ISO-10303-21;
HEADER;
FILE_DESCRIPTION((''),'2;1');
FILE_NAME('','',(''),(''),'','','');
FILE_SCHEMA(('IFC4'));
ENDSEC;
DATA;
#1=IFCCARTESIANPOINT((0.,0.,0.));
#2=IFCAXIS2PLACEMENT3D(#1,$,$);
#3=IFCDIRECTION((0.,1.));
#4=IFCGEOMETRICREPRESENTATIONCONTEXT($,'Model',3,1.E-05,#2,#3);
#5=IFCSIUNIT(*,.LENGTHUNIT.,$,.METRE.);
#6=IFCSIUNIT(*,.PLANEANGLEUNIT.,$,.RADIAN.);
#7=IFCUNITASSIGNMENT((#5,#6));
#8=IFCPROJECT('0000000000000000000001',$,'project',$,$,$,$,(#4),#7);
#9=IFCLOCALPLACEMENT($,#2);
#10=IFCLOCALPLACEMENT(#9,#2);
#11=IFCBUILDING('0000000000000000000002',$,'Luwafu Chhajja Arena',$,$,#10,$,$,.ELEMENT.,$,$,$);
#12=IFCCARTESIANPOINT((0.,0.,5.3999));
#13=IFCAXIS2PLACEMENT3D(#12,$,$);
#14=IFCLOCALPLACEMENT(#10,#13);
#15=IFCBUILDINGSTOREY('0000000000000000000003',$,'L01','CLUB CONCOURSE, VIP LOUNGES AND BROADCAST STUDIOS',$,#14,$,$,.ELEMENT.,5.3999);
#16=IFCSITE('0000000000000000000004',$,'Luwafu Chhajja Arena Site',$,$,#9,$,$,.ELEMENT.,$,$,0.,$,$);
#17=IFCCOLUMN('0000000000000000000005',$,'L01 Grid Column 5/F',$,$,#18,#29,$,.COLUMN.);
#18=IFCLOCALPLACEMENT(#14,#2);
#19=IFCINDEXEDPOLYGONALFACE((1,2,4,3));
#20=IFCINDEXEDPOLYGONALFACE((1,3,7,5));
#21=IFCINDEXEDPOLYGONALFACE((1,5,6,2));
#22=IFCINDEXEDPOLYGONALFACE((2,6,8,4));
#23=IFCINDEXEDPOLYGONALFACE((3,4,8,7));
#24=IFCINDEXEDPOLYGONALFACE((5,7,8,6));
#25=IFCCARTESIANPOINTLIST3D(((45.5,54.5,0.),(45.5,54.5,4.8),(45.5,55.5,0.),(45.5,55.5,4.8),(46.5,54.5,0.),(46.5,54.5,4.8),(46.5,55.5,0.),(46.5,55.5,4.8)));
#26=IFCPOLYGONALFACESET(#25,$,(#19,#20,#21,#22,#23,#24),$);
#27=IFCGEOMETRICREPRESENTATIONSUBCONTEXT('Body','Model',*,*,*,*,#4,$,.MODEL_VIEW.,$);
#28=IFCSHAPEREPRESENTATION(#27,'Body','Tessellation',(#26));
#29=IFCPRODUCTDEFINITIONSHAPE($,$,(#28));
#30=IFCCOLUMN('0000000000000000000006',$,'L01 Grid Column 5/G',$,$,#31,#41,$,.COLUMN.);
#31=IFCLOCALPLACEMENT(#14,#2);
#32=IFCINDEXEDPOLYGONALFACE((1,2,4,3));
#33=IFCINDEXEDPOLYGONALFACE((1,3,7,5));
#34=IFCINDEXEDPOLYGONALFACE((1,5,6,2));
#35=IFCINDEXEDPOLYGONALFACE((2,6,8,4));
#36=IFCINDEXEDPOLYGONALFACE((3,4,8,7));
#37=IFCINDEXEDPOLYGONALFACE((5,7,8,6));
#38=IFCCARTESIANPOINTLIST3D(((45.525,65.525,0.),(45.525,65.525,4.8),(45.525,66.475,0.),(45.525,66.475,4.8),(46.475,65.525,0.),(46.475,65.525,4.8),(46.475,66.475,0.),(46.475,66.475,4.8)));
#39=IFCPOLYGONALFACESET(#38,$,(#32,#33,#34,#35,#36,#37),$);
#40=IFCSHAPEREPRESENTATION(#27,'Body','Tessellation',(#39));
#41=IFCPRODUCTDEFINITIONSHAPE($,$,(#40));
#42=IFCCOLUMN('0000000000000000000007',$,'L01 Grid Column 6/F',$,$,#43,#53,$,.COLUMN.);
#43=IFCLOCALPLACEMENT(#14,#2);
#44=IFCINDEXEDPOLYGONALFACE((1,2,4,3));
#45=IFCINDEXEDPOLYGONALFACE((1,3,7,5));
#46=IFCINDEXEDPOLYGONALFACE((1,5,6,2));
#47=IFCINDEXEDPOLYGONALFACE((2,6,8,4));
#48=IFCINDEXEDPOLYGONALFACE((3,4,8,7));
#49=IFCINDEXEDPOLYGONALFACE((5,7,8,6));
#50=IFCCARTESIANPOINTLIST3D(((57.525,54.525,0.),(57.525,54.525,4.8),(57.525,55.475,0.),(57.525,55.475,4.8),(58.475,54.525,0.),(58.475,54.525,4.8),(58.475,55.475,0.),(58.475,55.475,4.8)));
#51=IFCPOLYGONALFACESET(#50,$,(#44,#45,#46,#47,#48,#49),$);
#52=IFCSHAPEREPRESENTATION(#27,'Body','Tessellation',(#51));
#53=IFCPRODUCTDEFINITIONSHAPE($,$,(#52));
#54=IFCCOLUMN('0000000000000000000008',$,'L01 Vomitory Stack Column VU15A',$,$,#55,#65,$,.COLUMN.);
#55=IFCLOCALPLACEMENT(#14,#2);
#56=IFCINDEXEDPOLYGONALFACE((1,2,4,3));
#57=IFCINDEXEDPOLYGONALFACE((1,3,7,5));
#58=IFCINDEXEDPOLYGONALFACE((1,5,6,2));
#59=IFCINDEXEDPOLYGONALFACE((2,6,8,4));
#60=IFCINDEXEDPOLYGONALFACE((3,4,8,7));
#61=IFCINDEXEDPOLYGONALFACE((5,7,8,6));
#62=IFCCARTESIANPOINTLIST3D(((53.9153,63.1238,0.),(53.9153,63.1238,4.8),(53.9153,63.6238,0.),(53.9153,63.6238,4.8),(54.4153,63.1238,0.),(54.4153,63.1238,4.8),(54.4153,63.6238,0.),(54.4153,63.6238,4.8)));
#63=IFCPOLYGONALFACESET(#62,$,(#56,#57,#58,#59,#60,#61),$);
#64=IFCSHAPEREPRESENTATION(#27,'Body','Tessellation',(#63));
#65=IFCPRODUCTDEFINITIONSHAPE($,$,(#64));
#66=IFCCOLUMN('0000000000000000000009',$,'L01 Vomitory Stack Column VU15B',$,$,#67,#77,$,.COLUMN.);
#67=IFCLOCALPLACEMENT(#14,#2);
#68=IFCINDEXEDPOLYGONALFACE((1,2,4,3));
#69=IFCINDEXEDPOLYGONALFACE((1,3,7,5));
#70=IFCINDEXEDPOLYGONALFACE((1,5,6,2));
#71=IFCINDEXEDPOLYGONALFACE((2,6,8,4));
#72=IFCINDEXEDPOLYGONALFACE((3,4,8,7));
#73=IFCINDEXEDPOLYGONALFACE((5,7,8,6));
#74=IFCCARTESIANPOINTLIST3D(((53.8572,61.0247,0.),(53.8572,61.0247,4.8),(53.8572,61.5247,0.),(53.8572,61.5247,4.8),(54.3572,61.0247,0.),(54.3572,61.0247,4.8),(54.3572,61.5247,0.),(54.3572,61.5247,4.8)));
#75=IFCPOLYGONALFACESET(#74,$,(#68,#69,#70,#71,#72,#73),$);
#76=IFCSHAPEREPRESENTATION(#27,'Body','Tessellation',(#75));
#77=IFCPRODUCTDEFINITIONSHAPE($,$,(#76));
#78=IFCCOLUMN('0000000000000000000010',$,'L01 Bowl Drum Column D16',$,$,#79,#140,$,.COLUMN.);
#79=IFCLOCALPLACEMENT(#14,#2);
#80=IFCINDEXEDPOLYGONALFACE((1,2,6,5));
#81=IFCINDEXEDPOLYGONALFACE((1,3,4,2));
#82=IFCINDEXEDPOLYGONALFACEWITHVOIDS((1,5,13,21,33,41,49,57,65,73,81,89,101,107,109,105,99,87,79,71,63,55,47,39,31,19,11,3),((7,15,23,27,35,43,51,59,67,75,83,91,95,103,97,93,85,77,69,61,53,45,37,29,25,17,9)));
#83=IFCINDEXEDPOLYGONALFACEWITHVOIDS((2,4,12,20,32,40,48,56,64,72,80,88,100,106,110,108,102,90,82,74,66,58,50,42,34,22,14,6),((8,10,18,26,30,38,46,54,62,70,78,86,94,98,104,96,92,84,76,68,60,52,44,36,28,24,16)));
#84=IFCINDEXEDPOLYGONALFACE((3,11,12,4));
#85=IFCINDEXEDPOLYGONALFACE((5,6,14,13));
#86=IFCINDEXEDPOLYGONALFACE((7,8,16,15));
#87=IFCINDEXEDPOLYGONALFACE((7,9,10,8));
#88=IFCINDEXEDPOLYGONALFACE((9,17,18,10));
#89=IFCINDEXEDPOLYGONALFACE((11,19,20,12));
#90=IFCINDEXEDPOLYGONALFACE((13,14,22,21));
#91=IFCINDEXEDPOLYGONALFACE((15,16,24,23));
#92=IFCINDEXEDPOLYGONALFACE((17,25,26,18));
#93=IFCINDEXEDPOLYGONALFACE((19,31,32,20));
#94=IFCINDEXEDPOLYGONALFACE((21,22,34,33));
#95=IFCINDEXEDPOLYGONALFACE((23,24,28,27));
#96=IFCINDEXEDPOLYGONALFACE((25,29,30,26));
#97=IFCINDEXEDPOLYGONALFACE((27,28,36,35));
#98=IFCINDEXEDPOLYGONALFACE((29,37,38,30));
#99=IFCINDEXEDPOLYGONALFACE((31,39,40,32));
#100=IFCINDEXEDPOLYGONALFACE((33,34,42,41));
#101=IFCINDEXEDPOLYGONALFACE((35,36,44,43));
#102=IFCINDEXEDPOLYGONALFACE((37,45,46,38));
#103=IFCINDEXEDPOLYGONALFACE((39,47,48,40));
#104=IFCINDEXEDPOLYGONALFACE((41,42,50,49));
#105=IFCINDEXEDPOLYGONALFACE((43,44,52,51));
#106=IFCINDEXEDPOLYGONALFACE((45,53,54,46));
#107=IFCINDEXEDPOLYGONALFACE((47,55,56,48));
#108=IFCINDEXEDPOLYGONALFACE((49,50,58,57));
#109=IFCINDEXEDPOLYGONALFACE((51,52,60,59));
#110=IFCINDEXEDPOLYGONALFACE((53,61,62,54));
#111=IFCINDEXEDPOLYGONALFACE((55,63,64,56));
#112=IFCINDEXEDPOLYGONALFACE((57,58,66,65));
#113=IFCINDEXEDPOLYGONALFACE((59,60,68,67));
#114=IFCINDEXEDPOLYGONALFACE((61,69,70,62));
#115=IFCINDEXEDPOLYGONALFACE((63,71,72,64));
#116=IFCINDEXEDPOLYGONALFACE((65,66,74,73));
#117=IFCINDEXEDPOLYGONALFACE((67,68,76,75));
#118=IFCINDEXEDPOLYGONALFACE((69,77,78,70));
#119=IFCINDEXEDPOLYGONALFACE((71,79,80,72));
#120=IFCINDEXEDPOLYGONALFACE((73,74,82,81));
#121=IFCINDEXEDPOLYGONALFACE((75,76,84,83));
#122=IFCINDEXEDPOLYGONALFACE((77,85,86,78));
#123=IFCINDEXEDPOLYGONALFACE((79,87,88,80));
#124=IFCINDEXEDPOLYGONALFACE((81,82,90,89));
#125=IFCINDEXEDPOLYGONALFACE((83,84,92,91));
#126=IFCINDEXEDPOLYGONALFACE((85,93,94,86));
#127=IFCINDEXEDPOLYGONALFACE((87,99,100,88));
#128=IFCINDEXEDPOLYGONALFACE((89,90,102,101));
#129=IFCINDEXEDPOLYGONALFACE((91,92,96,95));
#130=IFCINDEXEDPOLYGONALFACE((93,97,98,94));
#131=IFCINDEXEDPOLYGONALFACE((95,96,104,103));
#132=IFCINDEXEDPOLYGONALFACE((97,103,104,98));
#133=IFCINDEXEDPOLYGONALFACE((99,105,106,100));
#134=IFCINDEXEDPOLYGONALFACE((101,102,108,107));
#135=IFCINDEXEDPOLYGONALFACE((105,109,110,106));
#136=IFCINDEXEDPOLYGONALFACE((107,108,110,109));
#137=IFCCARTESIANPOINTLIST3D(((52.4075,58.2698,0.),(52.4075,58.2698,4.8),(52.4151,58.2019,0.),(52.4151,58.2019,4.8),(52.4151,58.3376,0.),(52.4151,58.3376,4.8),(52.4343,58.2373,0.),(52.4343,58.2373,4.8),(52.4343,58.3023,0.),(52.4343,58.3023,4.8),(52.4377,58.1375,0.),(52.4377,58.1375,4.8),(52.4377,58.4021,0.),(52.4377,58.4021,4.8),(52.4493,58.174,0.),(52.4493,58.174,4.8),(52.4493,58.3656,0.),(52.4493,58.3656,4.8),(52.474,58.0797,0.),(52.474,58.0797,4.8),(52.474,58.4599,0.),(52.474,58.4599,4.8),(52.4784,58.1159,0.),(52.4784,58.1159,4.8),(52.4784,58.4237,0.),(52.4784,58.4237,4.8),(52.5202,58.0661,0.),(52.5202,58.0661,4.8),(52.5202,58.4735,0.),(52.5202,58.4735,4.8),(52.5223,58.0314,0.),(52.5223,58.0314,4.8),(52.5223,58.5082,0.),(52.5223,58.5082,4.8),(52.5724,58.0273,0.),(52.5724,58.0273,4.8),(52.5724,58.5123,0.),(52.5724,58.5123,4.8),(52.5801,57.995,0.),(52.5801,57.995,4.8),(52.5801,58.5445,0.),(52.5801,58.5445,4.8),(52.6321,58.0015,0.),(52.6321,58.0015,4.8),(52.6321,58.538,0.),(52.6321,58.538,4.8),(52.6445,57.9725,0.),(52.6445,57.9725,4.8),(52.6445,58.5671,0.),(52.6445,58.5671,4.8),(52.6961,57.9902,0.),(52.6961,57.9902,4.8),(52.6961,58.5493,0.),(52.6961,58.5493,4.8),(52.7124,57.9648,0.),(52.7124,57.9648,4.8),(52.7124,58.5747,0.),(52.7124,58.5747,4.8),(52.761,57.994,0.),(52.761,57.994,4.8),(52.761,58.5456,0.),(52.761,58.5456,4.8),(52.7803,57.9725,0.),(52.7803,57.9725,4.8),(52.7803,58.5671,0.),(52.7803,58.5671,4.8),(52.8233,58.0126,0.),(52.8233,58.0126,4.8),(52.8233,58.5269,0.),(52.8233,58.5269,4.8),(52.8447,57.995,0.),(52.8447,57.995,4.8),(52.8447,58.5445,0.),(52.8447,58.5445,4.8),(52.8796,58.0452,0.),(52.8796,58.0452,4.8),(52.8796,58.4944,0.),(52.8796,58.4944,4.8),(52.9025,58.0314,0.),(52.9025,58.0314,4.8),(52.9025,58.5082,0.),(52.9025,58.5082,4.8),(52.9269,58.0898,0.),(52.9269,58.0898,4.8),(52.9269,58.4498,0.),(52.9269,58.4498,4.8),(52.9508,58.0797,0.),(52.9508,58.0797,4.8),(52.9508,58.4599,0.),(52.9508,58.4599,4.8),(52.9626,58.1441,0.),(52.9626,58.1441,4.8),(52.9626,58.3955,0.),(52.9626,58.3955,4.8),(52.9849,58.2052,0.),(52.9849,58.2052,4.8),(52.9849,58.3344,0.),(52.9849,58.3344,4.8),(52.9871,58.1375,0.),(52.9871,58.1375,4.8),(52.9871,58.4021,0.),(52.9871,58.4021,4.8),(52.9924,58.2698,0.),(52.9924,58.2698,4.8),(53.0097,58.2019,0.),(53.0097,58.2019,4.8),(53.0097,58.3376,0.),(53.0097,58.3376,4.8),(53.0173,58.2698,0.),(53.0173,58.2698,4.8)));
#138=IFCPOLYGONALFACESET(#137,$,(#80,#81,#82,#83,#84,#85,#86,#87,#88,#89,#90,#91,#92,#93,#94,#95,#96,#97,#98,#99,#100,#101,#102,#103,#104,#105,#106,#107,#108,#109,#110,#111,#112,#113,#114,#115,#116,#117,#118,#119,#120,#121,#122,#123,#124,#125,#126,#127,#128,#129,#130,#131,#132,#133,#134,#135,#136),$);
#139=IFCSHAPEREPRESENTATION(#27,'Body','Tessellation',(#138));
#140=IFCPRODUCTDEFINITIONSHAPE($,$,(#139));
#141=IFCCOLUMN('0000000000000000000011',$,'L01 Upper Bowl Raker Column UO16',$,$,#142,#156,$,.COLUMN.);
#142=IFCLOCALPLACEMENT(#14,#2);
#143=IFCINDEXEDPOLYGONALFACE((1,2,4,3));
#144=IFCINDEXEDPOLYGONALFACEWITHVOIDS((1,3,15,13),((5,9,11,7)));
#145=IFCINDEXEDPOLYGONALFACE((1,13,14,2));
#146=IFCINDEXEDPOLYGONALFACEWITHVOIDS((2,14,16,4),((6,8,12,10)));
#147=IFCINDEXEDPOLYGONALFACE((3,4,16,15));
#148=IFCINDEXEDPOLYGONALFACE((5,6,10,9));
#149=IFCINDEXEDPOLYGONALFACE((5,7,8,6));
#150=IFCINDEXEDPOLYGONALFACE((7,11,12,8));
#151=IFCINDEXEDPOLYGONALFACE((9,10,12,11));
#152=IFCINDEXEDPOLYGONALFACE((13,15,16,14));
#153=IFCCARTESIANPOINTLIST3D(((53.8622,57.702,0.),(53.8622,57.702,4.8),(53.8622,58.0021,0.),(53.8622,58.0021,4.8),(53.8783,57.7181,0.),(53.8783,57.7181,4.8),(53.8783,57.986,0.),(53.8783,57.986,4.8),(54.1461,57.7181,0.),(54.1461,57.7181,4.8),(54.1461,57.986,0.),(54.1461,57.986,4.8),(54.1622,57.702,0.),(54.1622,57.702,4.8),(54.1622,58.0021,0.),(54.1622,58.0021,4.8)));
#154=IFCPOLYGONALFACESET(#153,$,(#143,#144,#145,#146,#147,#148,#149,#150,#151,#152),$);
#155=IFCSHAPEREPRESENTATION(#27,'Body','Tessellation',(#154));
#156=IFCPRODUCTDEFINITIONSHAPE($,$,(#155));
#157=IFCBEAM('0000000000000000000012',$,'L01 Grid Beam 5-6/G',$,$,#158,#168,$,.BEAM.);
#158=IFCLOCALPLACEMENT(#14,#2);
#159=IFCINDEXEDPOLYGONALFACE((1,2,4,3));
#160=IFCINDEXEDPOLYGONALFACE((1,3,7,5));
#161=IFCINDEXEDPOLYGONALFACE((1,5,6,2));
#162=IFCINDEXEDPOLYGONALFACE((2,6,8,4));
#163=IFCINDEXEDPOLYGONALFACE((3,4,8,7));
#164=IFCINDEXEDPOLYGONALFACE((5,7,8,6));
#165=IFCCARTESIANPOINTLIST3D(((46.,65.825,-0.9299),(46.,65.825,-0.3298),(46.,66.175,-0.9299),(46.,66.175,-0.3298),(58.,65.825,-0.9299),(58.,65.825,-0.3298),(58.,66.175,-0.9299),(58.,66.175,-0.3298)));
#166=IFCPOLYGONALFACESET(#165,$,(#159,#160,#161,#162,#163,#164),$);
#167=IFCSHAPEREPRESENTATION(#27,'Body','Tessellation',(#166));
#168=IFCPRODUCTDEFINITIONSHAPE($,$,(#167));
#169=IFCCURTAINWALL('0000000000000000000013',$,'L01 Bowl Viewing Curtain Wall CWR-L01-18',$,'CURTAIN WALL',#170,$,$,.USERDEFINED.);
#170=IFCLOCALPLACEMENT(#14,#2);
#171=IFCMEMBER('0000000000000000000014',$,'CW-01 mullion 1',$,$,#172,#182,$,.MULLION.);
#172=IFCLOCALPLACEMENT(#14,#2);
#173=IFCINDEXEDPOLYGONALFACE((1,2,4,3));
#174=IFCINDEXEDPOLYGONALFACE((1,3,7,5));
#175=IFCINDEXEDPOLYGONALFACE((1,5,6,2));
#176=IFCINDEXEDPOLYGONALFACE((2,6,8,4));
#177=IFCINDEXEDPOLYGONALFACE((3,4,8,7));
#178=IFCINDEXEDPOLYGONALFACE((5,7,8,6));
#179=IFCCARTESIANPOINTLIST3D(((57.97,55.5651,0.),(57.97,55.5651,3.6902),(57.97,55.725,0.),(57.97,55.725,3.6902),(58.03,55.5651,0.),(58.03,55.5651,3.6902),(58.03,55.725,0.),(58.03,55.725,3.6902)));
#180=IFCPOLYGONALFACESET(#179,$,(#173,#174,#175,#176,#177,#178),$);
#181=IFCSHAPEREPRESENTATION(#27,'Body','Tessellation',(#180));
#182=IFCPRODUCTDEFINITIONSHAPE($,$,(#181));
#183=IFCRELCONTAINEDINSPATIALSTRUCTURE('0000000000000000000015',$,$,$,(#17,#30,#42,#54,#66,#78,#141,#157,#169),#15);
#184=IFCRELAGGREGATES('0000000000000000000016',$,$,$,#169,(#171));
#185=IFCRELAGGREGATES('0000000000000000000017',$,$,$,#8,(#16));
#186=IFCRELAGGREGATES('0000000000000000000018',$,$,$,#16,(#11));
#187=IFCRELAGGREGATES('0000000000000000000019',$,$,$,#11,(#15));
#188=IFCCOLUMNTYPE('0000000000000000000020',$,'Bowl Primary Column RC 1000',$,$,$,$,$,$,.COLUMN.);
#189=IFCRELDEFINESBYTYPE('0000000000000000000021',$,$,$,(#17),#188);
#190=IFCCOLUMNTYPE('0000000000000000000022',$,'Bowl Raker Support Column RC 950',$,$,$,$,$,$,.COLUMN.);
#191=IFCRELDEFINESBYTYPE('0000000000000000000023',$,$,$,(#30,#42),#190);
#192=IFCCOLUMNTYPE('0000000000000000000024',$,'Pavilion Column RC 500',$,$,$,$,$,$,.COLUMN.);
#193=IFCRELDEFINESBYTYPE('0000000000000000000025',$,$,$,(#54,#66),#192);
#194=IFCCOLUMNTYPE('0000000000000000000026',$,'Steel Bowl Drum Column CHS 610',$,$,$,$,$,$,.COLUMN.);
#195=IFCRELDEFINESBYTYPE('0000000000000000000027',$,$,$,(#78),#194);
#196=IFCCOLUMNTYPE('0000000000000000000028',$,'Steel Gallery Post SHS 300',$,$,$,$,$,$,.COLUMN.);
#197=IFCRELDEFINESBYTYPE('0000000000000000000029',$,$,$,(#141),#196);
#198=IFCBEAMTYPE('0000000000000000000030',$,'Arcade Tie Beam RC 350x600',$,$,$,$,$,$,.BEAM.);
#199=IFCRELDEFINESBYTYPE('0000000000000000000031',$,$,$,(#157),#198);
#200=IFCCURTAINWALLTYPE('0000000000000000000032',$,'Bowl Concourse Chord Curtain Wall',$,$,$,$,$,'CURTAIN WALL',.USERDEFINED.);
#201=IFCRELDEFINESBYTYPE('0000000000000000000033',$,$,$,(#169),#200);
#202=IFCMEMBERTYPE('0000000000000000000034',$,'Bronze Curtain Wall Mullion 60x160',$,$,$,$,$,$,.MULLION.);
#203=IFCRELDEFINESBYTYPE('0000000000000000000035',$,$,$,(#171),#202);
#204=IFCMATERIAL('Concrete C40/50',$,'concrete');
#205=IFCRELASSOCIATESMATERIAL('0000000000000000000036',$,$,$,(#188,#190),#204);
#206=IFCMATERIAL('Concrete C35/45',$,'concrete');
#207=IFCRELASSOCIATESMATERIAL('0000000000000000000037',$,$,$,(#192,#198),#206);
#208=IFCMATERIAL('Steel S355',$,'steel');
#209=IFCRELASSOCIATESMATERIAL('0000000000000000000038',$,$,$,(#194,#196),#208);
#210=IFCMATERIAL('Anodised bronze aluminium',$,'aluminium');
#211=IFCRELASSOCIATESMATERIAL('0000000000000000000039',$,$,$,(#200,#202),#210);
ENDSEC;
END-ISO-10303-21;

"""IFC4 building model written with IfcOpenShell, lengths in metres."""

from ifc_helpers import new_model, si_unit, direction, frame, origin, origin_2d, place, context, subcontext, project, spatial, rectangle, hollow_rectangle, hollow_circle, extrude, material, material_profile, profile_set, type_object, element, aggregate, save


model = new_model("IFC4")

# Units and contexts
model_context = context("Model", 3, precision=1e-05, world=origin(), true_north=direction((0.0, 1.0)))
body_context = subcontext(model_context, "Body", "Model", "MODEL_VIEW")
ifc_project = project(units=[si_unit("LENGTHUNIT", "METRE"), si_unit("PLANEANGLEUNIT", "RADIAN")], contexts=[model_context])

# Site, building, storey
site_placement = place(None, origin())
site = spatial("IfcSite", under=ifc_project, at=site_placement, Name="Luwafu Chhajja Arena Site", CompositionType="ELEMENT", RefElevation=0.0)
building_placement = place(site_placement, origin())
building = spatial("IfcBuilding", under=site, at=building_placement, Name="Luwafu Chhajja Arena", CompositionType="ELEMENT")
storey_placement = place(building_placement, frame((0.0, 0.0, 5.3999)))
storey = spatial("IfcBuildingStorey", under=building, at=storey_placement, Name="L01", Description="CLUB CONCOURSE, VIP LOUNGES AND BROADCAST STUDIOS", CompositionType="ELEMENT", Elevation=5.3999)

# Columns
ifc_material_1 = material(Name="Concrete C40/50", Category="concrete")
ifc_material_profile_1 = material_profile(ifc_material_1, rectangle(XDim=1.0, YDim=1.0, at=origin_2d()), Name="RC 1000x1000")
ifc_profile_set_1 = profile_set([ifc_material_profile_1], Name="Concrete C40/50")
column_type_1 = type_object("IfcColumnType", Name="Bowl Primary Column RC 1000", PredefinedType="COLUMN", material=ifc_profile_set_1)
column_1_placement = place(storey_placement, frame((46.0, 55.0, 0.0), z_axis=(0.0, 0.0, 1.0), x_axis=(1.0, 0.0, 0.0)))
element("IfcColumn", 1, at=column_1_placement, inside=storey, type_object=column_type_1, Name="L01 Grid Column 5/F", PredefinedType="COLUMN", context=body_context, shape_type="SweptSolid", body=[
    extrude(rectangle(XDim=1.0, YDim=1.0, at=origin_2d()), origin(), (0.0, 0.0, 1.0), 4.8),
])
ifc_material_profile_2 = material_profile(ifc_material_1, rectangle(XDim=0.95, YDim=0.95, at=origin_2d()), Name="RC 950x950")
ifc_profile_set_2 = profile_set([ifc_material_profile_2], Name="Concrete C40/50")
column_type_2 = type_object("IfcColumnType", Name="Bowl Raker Support Column RC 950", PredefinedType="COLUMN", material=ifc_profile_set_2)
for number, where, z_axis, x_axis, name in (
    (2, (46.0, 66.0, 0.0), (0.0, 0.0, 1.0), (1.0, 0.0, 0.0), "L01 Grid Column 5/G"),
    (3, (58.0, 55.0, 0.0), (0.0, 0.0, 1.0), (1.0, 0.0, 0.0), "L01 Grid Column 6/F"),
):
    element("IfcColumn", number, at=place(storey_placement, frame(where, z_axis=z_axis, x_axis=x_axis)), inside=storey, type_object=column_type_2, Name=name, PredefinedType="COLUMN", context=body_context, shape_type="SweptSolid", body=[
        extrude(rectangle(XDim=0.95, YDim=0.95, at=origin_2d()), origin(), (0.0, 0.0, 1.0), 4.8),
    ])
ifc_material_2 = material(Name="Concrete C35/45", Category="concrete")
ifc_material_profile_3 = material_profile(ifc_material_2, rectangle(XDim=0.5, YDim=0.5, at=origin_2d()), Name="RC 500x500")
ifc_profile_set_3 = profile_set([ifc_material_profile_3], Name="Concrete C35/45")
column_type_3 = type_object("IfcColumnType", Name="Pavilion Column RC 500", PredefinedType="COLUMN", material=ifc_profile_set_3)
for number, where, z_axis, x_axis, name in (
    (4, (54.1653, 63.3738, 0.0), (0.0, 0.0, 1.0), (1.0, 0.0, 0.0), "L01 Vomitory Stack Column VU15A"),
    (5, (54.1072, 61.2747, 0.0), (0.0, 0.0, 1.0), (1.0, 0.0, 0.0), "L01 Vomitory Stack Column VU15B"),
):
    element("IfcColumn", number, at=place(storey_placement, frame(where, z_axis=z_axis, x_axis=x_axis)), inside=storey, type_object=column_type_3, Name=name, PredefinedType="COLUMN", context=body_context, shape_type="SweptSolid", body=[
        extrude(rectangle(XDim=0.5, YDim=0.5, at=origin_2d()), origin(), (0.0, 0.0, 1.0), 4.8),
    ])
ifc_material_3 = material(Name="Steel S355", Category="steel")
ifc_material_profile_4 = material_profile(ifc_material_3, hollow_circle(Radius=0.3049, WallThickness=0.0249, at=origin_2d()), Name="CHS 610x25")
ifc_profile_set_4 = profile_set([ifc_material_profile_4], Name="Steel S355")
column_type_4 = type_object("IfcColumnType", Name="Steel Bowl Drum Column CHS 610", PredefinedType="COLUMN", material=ifc_profile_set_4)
column_2_placement = place(storey_placement, frame((52.7124, 58.2698, 0.0), z_axis=(0.0, 0.0, 1.0), x_axis=(1.0, 0.0, 0.0)))
element("IfcColumn", 6, at=column_2_placement, inside=storey, type_object=column_type_4, Name="L01 Bowl Drum Column D16", PredefinedType="COLUMN", context=body_context, shape_type="SweptSolid", body=[
    extrude(hollow_circle(Radius=0.3049, WallThickness=0.0249, at=origin_2d()), origin(), (0.0, 0.0, 1.0), 4.8),
])
ifc_material_profile_5 = material_profile(ifc_material_3, hollow_rectangle(XDim=0.3, YDim=0.3, WallThickness=0.0161, at=origin_2d()), Name="SHS 300x300x16")
ifc_profile_set_5 = profile_set([ifc_material_profile_5], Name="Steel S355")
column_type_5 = type_object("IfcColumnType", Name="Steel Gallery Post SHS 300", PredefinedType="COLUMN", material=ifc_profile_set_5)
column_3_placement = place(storey_placement, frame((54.0122, 57.8521, 0.0), z_axis=(0.0, 0.0, 1.0), x_axis=(1.0, 0.0, 0.0)))
element("IfcColumn", 7, at=column_3_placement, inside=storey, type_object=column_type_5, Name="L01 Upper Bowl Raker Column UO16", PredefinedType="COLUMN", context=body_context, shape_type="SweptSolid", body=[
    extrude(hollow_rectangle(XDim=0.3, YDim=0.3, WallThickness=0.0161, at=origin_2d()), origin(), (0.0, 0.0, 1.0), 4.8),
])

# Beam
ifc_material_profile_6 = material_profile(ifc_material_2, rectangle(XDim=0.3501, YDim=0.6001, at=origin_2d()), Name="RC 350x600")
ifc_profile_set_6 = profile_set([ifc_material_profile_6], Name="Concrete C35/45")
beam_type_1 = type_object("IfcBeamType", Name="Arcade Tie Beam RC 350x600", PredefinedType="BEAM", material=ifc_profile_set_6)
beam_1_placement = place(storey_placement, frame((46.0, 66.0, -0.6299), z_axis=(1.0, 0.0, 0.0), x_axis=(0.0, 1.0, 0.0)))
element("IfcBeam", 8, at=beam_1_placement, inside=storey, type_object=beam_type_1, Name="L01 Grid Beam 5-6/G", PredefinedType="BEAM", context=body_context, shape_type="SweptSolid", body=[
    extrude(rectangle(XDim=0.3501, YDim=0.6001, at=origin_2d()), origin(), (0.0, 0.0, 1.0), 12.0),
])

# Curtain wall, member
ifc_material_4 = material(Name="Anodised bronze aluminium", Category="aluminium")
curtain_wall_type = type_object("IfcCurtainWallType", Name="Bowl Concourse Chord Curtain Wall", ElementType="CURTAIN WALL", PredefinedType="USERDEFINED", material=ifc_material_4)
curtain_wall_placement = place(storey_placement, origin())
curtain_wall = element("IfcCurtainWall", 9, at=curtain_wall_placement, inside=storey, type_object=curtain_wall_type, Name="L01 Bowl Viewing Curtain Wall CWR-L01-18", ObjectType="CURTAIN WALL", PredefinedType="USERDEFINED")
ifc_material_profile_7 = material_profile(ifc_material_4, rectangle(XDim=0.0601, YDim=0.1599, at=origin_2d()), Name="CWM 60x160")
ifc_profile_set_7 = profile_set([ifc_material_profile_7], Name="Anodised bronze aluminium")
member_type_1 = type_object("IfcMemberType", Name="Bronze Curtain Wall Mullion 60x160", PredefinedType="MULLION", material=ifc_profile_set_7)
member_1_placement = place(storey_placement, frame((58.0, 55.645, 0.0), z_axis=(0.0, 0.0, 1.0), x_axis=(-1.0, 0.0, 0.0)))
member_1 = element("IfcMember", 10, at=member_1_placement, type_object=member_type_1, Name="CW-01 mullion 1", PredefinedType="MULLION", context=body_context, shape_type="SweptSolid", body=[
    extrude(rectangle(XDim=0.0601, YDim=0.1599, at=origin_2d()), origin(), (0.0, 0.0, 1.0), 3.6902),
])

aggregate(curtain_wall, [member_1])

save(model, "model.ifc")
